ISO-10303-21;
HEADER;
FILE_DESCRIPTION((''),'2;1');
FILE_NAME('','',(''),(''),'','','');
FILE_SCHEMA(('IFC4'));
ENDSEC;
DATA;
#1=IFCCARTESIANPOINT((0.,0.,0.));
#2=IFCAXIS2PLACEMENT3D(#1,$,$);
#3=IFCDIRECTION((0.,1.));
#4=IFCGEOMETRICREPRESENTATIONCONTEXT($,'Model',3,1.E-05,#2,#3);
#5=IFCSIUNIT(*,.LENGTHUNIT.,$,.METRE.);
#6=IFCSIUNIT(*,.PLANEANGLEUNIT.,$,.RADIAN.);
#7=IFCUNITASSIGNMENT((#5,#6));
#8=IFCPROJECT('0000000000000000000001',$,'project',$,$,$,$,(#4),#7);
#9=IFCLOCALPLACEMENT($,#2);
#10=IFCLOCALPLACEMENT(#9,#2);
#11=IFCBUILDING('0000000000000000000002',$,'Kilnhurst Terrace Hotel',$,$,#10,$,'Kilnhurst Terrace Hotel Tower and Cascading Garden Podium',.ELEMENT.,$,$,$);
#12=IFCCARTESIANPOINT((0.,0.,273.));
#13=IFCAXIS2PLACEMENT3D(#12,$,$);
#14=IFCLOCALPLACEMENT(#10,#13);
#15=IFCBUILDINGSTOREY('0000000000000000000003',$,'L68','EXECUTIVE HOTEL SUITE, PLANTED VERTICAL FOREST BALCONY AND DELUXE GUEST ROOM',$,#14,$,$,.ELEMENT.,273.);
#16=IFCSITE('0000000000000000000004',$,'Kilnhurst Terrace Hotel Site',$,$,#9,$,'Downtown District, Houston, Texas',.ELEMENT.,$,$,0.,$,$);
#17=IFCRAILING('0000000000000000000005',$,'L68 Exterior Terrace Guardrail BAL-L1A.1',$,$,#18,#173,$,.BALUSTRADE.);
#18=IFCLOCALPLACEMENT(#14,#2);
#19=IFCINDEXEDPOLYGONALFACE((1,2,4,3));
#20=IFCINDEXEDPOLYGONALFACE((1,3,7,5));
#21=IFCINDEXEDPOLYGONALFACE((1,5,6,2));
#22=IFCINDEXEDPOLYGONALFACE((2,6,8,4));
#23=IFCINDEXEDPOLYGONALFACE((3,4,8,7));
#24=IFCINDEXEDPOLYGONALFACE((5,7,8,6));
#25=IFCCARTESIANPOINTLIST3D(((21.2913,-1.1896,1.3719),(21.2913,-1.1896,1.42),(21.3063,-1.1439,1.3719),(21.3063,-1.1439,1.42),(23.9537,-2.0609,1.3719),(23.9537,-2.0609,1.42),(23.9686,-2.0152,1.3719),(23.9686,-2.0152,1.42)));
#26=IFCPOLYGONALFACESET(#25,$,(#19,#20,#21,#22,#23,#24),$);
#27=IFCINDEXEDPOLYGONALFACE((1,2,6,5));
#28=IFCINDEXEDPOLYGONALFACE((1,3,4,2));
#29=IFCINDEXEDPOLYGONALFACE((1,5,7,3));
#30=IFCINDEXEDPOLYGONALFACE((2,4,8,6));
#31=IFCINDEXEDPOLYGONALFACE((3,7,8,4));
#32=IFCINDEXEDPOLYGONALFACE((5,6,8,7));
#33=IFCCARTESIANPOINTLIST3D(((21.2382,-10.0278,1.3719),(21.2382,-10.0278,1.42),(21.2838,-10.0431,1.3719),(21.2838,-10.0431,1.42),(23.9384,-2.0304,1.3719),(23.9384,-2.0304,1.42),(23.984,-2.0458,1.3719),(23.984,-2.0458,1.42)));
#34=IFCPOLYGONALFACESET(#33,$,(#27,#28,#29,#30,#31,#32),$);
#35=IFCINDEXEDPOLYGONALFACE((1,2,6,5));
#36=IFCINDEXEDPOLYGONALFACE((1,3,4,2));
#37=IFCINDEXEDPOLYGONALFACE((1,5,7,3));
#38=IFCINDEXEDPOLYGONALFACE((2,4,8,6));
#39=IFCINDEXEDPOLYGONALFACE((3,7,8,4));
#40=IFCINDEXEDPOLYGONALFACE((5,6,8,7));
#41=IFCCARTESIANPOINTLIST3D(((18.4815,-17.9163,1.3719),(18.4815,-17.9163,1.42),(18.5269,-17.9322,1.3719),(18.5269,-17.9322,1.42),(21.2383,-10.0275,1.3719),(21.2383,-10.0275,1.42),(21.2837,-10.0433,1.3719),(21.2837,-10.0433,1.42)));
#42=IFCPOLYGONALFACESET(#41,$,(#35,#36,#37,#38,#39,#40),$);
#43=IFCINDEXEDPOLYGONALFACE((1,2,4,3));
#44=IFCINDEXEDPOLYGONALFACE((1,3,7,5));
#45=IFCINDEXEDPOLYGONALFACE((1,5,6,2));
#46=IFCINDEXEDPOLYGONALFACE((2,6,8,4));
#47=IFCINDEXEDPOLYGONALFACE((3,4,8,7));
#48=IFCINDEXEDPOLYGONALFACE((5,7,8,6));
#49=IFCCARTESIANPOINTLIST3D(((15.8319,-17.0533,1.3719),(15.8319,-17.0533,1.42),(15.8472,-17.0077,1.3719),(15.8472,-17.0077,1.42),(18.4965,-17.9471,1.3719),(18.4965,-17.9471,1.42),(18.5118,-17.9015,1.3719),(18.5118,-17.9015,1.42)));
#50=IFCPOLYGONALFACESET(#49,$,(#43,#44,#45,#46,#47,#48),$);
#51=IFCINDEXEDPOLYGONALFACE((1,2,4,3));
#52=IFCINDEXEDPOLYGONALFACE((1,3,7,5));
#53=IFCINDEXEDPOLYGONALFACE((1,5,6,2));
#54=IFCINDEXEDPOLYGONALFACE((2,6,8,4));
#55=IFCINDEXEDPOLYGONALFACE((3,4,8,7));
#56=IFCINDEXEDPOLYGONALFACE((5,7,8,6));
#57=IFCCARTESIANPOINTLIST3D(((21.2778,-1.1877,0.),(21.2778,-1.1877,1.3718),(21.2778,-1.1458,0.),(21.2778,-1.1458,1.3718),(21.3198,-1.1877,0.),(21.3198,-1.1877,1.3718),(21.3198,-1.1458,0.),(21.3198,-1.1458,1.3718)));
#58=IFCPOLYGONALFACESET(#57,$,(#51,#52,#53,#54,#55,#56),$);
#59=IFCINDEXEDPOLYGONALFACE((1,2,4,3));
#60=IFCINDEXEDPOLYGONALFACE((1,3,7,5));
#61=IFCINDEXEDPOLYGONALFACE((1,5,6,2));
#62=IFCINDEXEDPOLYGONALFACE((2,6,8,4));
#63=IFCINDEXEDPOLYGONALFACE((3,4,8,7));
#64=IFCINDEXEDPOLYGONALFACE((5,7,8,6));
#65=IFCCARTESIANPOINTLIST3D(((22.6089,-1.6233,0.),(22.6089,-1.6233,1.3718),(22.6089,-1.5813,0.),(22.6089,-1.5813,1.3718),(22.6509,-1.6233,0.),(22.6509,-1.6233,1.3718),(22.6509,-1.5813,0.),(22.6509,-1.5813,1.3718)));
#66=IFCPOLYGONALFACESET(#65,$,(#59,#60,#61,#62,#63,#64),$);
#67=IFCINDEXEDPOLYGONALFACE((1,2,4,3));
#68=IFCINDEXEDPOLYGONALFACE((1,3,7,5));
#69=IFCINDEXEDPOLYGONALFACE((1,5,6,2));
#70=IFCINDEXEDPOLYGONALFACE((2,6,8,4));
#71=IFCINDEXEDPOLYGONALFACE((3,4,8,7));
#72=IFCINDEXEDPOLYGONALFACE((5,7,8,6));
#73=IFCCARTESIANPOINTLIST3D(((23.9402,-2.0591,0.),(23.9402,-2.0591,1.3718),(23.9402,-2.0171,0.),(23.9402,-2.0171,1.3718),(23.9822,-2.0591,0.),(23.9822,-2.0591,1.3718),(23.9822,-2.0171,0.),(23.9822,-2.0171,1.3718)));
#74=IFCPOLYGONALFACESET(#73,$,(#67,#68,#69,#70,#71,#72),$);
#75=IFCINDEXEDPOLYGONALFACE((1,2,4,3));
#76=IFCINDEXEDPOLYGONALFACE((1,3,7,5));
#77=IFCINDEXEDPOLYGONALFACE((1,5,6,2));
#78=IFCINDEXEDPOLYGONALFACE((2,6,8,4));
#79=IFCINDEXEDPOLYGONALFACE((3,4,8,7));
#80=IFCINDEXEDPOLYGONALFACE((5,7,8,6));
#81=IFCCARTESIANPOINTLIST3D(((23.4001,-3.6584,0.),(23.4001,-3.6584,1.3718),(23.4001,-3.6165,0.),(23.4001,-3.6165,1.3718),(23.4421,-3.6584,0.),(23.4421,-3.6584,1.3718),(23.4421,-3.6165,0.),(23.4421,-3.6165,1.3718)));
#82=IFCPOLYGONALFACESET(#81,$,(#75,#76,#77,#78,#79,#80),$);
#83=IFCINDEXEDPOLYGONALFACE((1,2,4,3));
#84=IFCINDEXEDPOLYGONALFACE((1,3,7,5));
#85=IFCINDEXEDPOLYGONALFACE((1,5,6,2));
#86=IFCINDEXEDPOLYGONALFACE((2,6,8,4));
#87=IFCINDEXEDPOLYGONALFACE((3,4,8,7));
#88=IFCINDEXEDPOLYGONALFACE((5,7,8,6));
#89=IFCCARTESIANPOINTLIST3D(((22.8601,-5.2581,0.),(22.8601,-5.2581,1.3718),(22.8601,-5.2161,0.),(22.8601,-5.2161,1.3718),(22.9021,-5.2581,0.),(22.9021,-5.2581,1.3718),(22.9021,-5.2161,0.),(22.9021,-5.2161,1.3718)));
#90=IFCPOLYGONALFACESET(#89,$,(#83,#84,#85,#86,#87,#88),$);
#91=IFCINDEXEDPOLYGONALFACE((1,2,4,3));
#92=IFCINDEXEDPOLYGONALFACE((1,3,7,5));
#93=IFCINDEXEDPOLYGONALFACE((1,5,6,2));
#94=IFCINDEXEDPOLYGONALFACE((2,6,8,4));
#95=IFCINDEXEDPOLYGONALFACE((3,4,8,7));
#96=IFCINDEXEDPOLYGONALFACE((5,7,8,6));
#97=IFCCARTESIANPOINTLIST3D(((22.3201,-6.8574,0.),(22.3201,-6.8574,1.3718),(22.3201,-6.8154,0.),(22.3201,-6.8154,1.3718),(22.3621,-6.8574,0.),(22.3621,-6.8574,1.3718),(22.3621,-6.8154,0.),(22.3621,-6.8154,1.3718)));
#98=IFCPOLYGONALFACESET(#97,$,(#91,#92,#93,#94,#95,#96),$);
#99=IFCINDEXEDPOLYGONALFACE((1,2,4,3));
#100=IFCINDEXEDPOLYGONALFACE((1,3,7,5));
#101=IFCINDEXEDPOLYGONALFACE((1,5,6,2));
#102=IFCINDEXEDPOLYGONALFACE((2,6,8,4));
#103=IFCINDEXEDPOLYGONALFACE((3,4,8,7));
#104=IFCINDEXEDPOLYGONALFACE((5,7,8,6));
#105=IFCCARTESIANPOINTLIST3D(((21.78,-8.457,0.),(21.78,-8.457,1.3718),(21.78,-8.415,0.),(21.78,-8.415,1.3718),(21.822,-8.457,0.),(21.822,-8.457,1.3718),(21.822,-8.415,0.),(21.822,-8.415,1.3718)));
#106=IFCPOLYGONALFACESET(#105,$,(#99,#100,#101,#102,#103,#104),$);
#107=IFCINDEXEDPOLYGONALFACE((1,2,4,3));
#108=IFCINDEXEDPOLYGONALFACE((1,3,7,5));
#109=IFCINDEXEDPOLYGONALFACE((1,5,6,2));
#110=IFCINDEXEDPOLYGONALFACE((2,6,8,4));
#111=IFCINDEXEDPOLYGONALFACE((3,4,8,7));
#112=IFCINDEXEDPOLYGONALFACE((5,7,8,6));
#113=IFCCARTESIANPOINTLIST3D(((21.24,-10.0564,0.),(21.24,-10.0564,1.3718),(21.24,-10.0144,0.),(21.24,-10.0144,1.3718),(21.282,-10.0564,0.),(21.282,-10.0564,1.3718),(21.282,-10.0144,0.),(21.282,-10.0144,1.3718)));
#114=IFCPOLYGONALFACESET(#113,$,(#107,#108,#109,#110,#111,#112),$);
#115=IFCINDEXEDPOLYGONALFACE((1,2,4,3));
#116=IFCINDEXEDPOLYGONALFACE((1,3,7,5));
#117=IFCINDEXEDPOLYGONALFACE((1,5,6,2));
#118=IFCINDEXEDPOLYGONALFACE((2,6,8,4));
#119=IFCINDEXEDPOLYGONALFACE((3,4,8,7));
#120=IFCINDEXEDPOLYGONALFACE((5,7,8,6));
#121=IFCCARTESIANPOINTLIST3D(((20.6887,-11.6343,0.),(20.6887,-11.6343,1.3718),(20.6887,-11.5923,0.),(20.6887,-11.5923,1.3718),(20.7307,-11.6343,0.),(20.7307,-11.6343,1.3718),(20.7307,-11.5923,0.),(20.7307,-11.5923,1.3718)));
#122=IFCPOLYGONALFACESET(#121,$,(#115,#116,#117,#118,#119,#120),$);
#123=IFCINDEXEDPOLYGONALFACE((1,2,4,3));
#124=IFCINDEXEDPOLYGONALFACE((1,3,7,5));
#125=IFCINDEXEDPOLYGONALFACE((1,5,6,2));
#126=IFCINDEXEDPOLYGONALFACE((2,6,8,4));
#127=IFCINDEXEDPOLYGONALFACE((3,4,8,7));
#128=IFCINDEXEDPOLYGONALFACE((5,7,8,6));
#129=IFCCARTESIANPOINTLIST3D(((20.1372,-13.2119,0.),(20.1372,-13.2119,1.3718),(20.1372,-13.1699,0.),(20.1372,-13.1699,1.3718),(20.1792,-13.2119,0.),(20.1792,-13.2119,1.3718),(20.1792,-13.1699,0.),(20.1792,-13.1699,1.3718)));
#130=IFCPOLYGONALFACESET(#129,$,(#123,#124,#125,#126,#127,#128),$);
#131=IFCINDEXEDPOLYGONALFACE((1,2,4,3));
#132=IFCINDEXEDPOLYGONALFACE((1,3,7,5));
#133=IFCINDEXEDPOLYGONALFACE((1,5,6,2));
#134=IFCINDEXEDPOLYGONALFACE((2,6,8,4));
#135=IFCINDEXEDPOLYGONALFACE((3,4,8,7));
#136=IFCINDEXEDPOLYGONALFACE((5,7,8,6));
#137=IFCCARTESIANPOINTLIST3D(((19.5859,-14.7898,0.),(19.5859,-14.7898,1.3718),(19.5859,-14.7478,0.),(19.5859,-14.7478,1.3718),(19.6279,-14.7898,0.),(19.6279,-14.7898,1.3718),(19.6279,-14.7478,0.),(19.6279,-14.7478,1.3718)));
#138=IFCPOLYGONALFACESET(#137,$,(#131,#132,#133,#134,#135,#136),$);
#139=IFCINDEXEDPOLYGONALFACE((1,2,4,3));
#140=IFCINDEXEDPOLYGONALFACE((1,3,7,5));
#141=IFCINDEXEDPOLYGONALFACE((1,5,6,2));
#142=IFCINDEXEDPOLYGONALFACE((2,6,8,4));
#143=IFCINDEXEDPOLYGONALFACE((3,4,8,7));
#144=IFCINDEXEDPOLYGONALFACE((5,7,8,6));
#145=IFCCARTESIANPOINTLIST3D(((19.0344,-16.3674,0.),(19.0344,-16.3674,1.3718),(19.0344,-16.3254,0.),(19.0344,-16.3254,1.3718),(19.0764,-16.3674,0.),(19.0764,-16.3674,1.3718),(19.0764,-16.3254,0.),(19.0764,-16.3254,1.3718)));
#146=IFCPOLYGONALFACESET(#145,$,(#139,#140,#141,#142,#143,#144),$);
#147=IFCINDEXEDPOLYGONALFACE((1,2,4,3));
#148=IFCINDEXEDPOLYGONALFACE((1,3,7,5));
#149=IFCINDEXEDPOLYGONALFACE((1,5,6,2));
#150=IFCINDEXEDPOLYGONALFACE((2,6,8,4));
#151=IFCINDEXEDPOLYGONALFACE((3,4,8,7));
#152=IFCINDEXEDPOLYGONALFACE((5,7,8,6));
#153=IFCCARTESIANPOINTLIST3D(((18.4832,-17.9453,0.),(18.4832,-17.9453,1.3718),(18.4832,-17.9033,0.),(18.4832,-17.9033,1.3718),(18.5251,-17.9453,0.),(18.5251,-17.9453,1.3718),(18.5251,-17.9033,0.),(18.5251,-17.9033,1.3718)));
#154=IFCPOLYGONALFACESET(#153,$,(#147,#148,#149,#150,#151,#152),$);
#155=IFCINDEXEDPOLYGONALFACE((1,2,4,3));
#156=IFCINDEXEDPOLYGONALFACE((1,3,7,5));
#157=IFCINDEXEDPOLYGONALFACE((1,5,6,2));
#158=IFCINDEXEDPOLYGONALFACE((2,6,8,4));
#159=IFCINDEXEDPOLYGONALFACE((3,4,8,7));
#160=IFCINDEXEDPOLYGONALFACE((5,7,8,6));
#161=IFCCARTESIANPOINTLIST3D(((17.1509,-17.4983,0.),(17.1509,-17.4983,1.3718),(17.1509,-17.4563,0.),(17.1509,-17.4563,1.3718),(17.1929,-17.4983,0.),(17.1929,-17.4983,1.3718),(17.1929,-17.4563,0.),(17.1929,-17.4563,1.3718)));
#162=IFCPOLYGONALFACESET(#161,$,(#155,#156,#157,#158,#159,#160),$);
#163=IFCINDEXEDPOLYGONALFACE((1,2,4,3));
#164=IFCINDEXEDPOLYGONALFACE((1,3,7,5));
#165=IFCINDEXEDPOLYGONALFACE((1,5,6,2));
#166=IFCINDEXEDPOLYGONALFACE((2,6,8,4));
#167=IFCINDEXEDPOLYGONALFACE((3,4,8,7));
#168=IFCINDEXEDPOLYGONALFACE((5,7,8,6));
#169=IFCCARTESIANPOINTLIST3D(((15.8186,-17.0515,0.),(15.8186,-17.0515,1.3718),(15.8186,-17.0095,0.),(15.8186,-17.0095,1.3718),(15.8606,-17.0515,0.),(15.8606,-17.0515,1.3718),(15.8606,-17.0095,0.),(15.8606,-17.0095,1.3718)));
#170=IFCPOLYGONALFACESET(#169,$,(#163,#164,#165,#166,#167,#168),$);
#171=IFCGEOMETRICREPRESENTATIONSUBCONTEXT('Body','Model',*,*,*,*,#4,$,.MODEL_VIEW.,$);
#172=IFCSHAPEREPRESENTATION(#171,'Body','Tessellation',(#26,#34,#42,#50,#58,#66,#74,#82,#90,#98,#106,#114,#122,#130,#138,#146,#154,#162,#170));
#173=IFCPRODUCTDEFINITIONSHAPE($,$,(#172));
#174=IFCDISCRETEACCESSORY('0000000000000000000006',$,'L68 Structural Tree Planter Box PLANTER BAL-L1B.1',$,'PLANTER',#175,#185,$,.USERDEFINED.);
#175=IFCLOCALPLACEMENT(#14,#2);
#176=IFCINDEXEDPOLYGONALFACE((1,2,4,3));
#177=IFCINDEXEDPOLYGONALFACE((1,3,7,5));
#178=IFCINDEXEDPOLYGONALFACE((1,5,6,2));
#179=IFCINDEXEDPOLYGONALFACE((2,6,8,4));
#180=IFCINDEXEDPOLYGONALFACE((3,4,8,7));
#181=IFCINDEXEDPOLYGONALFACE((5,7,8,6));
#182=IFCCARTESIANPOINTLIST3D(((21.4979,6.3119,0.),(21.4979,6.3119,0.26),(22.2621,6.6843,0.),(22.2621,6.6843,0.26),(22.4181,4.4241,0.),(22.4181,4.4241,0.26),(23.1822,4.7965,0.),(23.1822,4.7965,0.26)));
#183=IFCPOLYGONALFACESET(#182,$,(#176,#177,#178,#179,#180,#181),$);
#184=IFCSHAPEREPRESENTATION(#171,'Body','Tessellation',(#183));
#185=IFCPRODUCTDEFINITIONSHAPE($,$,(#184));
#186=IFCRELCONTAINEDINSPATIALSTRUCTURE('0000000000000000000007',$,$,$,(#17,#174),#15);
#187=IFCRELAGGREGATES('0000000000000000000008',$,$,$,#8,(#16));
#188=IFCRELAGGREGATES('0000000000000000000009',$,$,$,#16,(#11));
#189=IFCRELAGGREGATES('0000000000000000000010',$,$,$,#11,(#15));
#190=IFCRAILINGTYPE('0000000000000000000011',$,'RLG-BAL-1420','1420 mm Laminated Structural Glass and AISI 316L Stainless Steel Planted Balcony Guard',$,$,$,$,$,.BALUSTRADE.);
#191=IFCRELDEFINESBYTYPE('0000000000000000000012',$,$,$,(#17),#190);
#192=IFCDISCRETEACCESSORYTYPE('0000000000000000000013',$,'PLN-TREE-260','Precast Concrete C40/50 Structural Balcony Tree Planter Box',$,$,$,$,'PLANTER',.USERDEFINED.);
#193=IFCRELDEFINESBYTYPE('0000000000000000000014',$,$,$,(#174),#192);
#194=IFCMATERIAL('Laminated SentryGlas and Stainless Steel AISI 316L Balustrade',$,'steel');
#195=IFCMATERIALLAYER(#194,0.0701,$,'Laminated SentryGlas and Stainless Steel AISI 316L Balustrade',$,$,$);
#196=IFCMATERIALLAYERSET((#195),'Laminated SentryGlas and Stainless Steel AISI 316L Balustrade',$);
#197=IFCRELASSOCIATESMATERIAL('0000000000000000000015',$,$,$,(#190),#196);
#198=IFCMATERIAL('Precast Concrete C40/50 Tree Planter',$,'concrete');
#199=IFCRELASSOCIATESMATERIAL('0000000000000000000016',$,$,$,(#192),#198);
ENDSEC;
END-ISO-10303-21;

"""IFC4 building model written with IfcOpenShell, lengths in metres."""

from ifc_helpers import new_model, si_unit, direction, frame, origin, origin_2d, place, context, subcontext, project, spatial, rectangle, extrude, material, layer, layer_set, type_object, element, save


model = new_model("IFC4")

# Units and contexts
model_context = context("Model", 3, precision=1e-05, world=origin(), true_north=direction((0.0, 1.0)))
body_context = subcontext(model_context, "Body", "Model", "MODEL_VIEW")
ifc_project = project(units=[si_unit("LENGTHUNIT", "METRE"), si_unit("PLANEANGLEUNIT", "RADIAN")], contexts=[model_context])

# Site, building, storey
site_placement = place(None, origin())
site = spatial("IfcSite", under=ifc_project, at=site_placement, Name="Kilnhurst Terrace Hotel Site", LongName="Downtown District, Houston, Texas", CompositionType="ELEMENT", RefElevation=0.0)
building_placement = place(site_placement, origin())
building = spatial("IfcBuilding", under=site, at=building_placement, Name="Kilnhurst Terrace Hotel", LongName="Kilnhurst Terrace Hotel Tower and Cascading Garden Podium", CompositionType="ELEMENT")
storey_placement = place(building_placement, frame((0.0, 0.0, 273.0)))
storey = spatial("IfcBuildingStorey", under=building, at=storey_placement, Name="L68", Description="EXECUTIVE HOTEL SUITE, PLANTED VERTICAL FOREST BALCONY AND DELUXE GUEST ROOM", CompositionType="ELEMENT", Elevation=273.0)

# Railing
ifc_material_1 = material(Name="Laminated SentryGlas and Stainless Steel AISI 316L Balustrade", Category="steel")
ifc_layer_1 = layer(ifc_material_1, 0.0701, Name="Laminated SentryGlas and Stainless Steel AISI 316L Balustrade")
ifc_layer_set_1 = layer_set([ifc_layer_1], Name="Laminated SentryGlas and Stainless Steel AISI 316L Balustrade")
railing_type = type_object("IfcRailingType", Name="RLG-BAL-1420", Description="1420 mm Laminated Structural Glass and AISI 316L Stainless Steel Planted Balcony Guard", PredefinedType="BALUSTRADE", material=ifc_layer_set_1)
railing_placement = place(storey_placement, frame((21.2988, -1.1667, 0.0)))
element("IfcRailing", 1, at=railing_placement, inside=storey, type_object=railing_type, Name="L68 Exterior Terrace Guardrail BAL-L1A.1", PredefinedType="BALUSTRADE", context=body_context, shape_type="SweptSolid", body=[
    extrude(rectangle(XDim=0.0481, YDim=0.0481, at=origin_2d()), frame((0.0, 0.0, 1.396), z_axis=(0.950395, -0.311046, 0.0), x_axis=(0.311046, 0.950395, 0.0)), (0.0, 0.0, 1.0), 2.8013),
    extrude(rectangle(XDim=0.0481, YDim=0.0481, at=origin_2d()), frame((2.6624, -0.8713, 1.396), z_axis=(-0.319896, -0.947453, 0.0), x_axis=(0.947453, -0.319896, 0.0)), (0.0, 0.0, 1.0), 8.4409),
    extrude(rectangle(XDim=0.0481, YDim=0.0481, at=origin_2d()), frame((-0.0378, -8.8687, 1.396), z_axis=(-0.329894, -0.944018, 0.0), x_axis=(0.944018, -0.329894, 0.0)), (0.0, 0.0, 1.0), 8.3567),
    extrude(rectangle(XDim=0.0481, YDim=0.0481, at=origin_2d()), frame((-2.7947, -16.7576, 1.396), z_axis=(-0.948082, 0.318025, 0.0), x_axis=(-0.318025, -0.948082, 0.0)), (0.0, 0.0, 1.0), 2.8105),
    extrude(rectangle(XDim=0.042, YDim=0.042, at=origin_2d()), origin(), (0.0, 0.0, 1.0), 1.3718),
    extrude(rectangle(XDim=0.042, YDim=0.042, at=origin_2d()), frame((1.3311, -0.4355, 0.0)), (0.0, 0.0, 1.0), 1.3718),
    extrude(rectangle(XDim=0.042, YDim=0.042, at=origin_2d()), frame((2.6624, -0.8713, 0.0)), (0.0, 0.0, 1.0), 1.3718),
    extrude(rectangle(XDim=0.042, YDim=0.042, at=origin_2d()), frame((2.1223, -2.4707, 0.0)), (0.0, 0.0, 1.0), 1.3718),
    extrude(rectangle(XDim=0.042, YDim=0.042, at=origin_2d()), frame((1.5823, -4.0703, 0.0)), (0.0, 0.0, 1.0), 1.3718),
    extrude(rectangle(XDim=0.042, YDim=0.042, at=origin_2d()), frame((1.0422, -5.6697, 0.0)), (0.0, 0.0, 1.0), 1.3718),
    extrude(rectangle(XDim=0.042, YDim=0.042, at=origin_2d()), frame((0.5022, -7.2693, 0.0)), (0.0, 0.0, 1.0), 1.3718),
    extrude(rectangle(XDim=0.042, YDim=0.042, at=origin_2d()), frame((-0.0378, -8.8687, 0.0)), (0.0, 0.0, 1.0), 1.3718),
    extrude(rectangle(XDim=0.042, YDim=0.042, at=origin_2d()), frame((-0.5891, -10.4465, 0.0)), (0.0, 0.0, 1.0), 1.3718),
    extrude(rectangle(XDim=0.042, YDim=0.042, at=origin_2d()), frame((-1.1406, -12.0242, 0.0)), (0.0, 0.0, 1.0), 1.3718),
    extrude(rectangle(XDim=0.042, YDim=0.042, at=origin_2d()), frame((-1.6919, -13.6021, 0.0)), (0.0, 0.0, 1.0), 1.3718),
    extrude(rectangle(XDim=0.042, YDim=0.042, at=origin_2d()), frame((-2.2434, -15.1797, 0.0)), (0.0, 0.0, 1.0), 1.3718),
    extrude(rectangle(XDim=0.042, YDim=0.042, at=origin_2d()), frame((-2.7947, -16.7576, 0.0)), (0.0, 0.0, 1.0), 1.3718),
    extrude(rectangle(XDim=0.042, YDim=0.042, at=origin_2d()), frame((-4.127, -16.3105, 0.0)), (0.0, 0.0, 1.0), 1.3718),
    extrude(rectangle(XDim=0.042, YDim=0.042, at=origin_2d()), frame((-5.4592, -15.8638, 0.0)), (0.0, 0.0, 1.0), 1.3718),
])

# Discrete accessory
ifc_material_2 = material(Name="Precast Concrete C40/50 Tree Planter", Category="concrete")
discrete_accessory_type = type_object("IfcDiscreteAccessoryType", Name="PLN-TREE-260", Description="Precast Concrete C40/50 Structural Balcony Tree Planter Box", ElementType="PLANTER", PredefinedType="USERDEFINED", material=ifc_material_2)
discrete_accessory_placement = place(storey_placement, frame((22.3401, 5.5542, 0.0), z_axis=(0.0, 0.0, 1.0), x_axis=(-0.438136, 0.898909, 0.0)))
element("IfcDiscreteAccessory", 2, at=discrete_accessory_placement, inside=storey, type_object=discrete_accessory_type, Name="L68 Structural Tree Planter Box PLANTER BAL-L1B.1", ObjectType="PLANTER", PredefinedType="USERDEFINED", context=body_context, shape_type="SweptSolid", body=[
    extrude(rectangle(XDim=2.1001, YDim=0.8501, at=origin_2d()), origin(), (0.0, 0.0, 1.0), 0.26),
])

save(model, "model.ifc")
